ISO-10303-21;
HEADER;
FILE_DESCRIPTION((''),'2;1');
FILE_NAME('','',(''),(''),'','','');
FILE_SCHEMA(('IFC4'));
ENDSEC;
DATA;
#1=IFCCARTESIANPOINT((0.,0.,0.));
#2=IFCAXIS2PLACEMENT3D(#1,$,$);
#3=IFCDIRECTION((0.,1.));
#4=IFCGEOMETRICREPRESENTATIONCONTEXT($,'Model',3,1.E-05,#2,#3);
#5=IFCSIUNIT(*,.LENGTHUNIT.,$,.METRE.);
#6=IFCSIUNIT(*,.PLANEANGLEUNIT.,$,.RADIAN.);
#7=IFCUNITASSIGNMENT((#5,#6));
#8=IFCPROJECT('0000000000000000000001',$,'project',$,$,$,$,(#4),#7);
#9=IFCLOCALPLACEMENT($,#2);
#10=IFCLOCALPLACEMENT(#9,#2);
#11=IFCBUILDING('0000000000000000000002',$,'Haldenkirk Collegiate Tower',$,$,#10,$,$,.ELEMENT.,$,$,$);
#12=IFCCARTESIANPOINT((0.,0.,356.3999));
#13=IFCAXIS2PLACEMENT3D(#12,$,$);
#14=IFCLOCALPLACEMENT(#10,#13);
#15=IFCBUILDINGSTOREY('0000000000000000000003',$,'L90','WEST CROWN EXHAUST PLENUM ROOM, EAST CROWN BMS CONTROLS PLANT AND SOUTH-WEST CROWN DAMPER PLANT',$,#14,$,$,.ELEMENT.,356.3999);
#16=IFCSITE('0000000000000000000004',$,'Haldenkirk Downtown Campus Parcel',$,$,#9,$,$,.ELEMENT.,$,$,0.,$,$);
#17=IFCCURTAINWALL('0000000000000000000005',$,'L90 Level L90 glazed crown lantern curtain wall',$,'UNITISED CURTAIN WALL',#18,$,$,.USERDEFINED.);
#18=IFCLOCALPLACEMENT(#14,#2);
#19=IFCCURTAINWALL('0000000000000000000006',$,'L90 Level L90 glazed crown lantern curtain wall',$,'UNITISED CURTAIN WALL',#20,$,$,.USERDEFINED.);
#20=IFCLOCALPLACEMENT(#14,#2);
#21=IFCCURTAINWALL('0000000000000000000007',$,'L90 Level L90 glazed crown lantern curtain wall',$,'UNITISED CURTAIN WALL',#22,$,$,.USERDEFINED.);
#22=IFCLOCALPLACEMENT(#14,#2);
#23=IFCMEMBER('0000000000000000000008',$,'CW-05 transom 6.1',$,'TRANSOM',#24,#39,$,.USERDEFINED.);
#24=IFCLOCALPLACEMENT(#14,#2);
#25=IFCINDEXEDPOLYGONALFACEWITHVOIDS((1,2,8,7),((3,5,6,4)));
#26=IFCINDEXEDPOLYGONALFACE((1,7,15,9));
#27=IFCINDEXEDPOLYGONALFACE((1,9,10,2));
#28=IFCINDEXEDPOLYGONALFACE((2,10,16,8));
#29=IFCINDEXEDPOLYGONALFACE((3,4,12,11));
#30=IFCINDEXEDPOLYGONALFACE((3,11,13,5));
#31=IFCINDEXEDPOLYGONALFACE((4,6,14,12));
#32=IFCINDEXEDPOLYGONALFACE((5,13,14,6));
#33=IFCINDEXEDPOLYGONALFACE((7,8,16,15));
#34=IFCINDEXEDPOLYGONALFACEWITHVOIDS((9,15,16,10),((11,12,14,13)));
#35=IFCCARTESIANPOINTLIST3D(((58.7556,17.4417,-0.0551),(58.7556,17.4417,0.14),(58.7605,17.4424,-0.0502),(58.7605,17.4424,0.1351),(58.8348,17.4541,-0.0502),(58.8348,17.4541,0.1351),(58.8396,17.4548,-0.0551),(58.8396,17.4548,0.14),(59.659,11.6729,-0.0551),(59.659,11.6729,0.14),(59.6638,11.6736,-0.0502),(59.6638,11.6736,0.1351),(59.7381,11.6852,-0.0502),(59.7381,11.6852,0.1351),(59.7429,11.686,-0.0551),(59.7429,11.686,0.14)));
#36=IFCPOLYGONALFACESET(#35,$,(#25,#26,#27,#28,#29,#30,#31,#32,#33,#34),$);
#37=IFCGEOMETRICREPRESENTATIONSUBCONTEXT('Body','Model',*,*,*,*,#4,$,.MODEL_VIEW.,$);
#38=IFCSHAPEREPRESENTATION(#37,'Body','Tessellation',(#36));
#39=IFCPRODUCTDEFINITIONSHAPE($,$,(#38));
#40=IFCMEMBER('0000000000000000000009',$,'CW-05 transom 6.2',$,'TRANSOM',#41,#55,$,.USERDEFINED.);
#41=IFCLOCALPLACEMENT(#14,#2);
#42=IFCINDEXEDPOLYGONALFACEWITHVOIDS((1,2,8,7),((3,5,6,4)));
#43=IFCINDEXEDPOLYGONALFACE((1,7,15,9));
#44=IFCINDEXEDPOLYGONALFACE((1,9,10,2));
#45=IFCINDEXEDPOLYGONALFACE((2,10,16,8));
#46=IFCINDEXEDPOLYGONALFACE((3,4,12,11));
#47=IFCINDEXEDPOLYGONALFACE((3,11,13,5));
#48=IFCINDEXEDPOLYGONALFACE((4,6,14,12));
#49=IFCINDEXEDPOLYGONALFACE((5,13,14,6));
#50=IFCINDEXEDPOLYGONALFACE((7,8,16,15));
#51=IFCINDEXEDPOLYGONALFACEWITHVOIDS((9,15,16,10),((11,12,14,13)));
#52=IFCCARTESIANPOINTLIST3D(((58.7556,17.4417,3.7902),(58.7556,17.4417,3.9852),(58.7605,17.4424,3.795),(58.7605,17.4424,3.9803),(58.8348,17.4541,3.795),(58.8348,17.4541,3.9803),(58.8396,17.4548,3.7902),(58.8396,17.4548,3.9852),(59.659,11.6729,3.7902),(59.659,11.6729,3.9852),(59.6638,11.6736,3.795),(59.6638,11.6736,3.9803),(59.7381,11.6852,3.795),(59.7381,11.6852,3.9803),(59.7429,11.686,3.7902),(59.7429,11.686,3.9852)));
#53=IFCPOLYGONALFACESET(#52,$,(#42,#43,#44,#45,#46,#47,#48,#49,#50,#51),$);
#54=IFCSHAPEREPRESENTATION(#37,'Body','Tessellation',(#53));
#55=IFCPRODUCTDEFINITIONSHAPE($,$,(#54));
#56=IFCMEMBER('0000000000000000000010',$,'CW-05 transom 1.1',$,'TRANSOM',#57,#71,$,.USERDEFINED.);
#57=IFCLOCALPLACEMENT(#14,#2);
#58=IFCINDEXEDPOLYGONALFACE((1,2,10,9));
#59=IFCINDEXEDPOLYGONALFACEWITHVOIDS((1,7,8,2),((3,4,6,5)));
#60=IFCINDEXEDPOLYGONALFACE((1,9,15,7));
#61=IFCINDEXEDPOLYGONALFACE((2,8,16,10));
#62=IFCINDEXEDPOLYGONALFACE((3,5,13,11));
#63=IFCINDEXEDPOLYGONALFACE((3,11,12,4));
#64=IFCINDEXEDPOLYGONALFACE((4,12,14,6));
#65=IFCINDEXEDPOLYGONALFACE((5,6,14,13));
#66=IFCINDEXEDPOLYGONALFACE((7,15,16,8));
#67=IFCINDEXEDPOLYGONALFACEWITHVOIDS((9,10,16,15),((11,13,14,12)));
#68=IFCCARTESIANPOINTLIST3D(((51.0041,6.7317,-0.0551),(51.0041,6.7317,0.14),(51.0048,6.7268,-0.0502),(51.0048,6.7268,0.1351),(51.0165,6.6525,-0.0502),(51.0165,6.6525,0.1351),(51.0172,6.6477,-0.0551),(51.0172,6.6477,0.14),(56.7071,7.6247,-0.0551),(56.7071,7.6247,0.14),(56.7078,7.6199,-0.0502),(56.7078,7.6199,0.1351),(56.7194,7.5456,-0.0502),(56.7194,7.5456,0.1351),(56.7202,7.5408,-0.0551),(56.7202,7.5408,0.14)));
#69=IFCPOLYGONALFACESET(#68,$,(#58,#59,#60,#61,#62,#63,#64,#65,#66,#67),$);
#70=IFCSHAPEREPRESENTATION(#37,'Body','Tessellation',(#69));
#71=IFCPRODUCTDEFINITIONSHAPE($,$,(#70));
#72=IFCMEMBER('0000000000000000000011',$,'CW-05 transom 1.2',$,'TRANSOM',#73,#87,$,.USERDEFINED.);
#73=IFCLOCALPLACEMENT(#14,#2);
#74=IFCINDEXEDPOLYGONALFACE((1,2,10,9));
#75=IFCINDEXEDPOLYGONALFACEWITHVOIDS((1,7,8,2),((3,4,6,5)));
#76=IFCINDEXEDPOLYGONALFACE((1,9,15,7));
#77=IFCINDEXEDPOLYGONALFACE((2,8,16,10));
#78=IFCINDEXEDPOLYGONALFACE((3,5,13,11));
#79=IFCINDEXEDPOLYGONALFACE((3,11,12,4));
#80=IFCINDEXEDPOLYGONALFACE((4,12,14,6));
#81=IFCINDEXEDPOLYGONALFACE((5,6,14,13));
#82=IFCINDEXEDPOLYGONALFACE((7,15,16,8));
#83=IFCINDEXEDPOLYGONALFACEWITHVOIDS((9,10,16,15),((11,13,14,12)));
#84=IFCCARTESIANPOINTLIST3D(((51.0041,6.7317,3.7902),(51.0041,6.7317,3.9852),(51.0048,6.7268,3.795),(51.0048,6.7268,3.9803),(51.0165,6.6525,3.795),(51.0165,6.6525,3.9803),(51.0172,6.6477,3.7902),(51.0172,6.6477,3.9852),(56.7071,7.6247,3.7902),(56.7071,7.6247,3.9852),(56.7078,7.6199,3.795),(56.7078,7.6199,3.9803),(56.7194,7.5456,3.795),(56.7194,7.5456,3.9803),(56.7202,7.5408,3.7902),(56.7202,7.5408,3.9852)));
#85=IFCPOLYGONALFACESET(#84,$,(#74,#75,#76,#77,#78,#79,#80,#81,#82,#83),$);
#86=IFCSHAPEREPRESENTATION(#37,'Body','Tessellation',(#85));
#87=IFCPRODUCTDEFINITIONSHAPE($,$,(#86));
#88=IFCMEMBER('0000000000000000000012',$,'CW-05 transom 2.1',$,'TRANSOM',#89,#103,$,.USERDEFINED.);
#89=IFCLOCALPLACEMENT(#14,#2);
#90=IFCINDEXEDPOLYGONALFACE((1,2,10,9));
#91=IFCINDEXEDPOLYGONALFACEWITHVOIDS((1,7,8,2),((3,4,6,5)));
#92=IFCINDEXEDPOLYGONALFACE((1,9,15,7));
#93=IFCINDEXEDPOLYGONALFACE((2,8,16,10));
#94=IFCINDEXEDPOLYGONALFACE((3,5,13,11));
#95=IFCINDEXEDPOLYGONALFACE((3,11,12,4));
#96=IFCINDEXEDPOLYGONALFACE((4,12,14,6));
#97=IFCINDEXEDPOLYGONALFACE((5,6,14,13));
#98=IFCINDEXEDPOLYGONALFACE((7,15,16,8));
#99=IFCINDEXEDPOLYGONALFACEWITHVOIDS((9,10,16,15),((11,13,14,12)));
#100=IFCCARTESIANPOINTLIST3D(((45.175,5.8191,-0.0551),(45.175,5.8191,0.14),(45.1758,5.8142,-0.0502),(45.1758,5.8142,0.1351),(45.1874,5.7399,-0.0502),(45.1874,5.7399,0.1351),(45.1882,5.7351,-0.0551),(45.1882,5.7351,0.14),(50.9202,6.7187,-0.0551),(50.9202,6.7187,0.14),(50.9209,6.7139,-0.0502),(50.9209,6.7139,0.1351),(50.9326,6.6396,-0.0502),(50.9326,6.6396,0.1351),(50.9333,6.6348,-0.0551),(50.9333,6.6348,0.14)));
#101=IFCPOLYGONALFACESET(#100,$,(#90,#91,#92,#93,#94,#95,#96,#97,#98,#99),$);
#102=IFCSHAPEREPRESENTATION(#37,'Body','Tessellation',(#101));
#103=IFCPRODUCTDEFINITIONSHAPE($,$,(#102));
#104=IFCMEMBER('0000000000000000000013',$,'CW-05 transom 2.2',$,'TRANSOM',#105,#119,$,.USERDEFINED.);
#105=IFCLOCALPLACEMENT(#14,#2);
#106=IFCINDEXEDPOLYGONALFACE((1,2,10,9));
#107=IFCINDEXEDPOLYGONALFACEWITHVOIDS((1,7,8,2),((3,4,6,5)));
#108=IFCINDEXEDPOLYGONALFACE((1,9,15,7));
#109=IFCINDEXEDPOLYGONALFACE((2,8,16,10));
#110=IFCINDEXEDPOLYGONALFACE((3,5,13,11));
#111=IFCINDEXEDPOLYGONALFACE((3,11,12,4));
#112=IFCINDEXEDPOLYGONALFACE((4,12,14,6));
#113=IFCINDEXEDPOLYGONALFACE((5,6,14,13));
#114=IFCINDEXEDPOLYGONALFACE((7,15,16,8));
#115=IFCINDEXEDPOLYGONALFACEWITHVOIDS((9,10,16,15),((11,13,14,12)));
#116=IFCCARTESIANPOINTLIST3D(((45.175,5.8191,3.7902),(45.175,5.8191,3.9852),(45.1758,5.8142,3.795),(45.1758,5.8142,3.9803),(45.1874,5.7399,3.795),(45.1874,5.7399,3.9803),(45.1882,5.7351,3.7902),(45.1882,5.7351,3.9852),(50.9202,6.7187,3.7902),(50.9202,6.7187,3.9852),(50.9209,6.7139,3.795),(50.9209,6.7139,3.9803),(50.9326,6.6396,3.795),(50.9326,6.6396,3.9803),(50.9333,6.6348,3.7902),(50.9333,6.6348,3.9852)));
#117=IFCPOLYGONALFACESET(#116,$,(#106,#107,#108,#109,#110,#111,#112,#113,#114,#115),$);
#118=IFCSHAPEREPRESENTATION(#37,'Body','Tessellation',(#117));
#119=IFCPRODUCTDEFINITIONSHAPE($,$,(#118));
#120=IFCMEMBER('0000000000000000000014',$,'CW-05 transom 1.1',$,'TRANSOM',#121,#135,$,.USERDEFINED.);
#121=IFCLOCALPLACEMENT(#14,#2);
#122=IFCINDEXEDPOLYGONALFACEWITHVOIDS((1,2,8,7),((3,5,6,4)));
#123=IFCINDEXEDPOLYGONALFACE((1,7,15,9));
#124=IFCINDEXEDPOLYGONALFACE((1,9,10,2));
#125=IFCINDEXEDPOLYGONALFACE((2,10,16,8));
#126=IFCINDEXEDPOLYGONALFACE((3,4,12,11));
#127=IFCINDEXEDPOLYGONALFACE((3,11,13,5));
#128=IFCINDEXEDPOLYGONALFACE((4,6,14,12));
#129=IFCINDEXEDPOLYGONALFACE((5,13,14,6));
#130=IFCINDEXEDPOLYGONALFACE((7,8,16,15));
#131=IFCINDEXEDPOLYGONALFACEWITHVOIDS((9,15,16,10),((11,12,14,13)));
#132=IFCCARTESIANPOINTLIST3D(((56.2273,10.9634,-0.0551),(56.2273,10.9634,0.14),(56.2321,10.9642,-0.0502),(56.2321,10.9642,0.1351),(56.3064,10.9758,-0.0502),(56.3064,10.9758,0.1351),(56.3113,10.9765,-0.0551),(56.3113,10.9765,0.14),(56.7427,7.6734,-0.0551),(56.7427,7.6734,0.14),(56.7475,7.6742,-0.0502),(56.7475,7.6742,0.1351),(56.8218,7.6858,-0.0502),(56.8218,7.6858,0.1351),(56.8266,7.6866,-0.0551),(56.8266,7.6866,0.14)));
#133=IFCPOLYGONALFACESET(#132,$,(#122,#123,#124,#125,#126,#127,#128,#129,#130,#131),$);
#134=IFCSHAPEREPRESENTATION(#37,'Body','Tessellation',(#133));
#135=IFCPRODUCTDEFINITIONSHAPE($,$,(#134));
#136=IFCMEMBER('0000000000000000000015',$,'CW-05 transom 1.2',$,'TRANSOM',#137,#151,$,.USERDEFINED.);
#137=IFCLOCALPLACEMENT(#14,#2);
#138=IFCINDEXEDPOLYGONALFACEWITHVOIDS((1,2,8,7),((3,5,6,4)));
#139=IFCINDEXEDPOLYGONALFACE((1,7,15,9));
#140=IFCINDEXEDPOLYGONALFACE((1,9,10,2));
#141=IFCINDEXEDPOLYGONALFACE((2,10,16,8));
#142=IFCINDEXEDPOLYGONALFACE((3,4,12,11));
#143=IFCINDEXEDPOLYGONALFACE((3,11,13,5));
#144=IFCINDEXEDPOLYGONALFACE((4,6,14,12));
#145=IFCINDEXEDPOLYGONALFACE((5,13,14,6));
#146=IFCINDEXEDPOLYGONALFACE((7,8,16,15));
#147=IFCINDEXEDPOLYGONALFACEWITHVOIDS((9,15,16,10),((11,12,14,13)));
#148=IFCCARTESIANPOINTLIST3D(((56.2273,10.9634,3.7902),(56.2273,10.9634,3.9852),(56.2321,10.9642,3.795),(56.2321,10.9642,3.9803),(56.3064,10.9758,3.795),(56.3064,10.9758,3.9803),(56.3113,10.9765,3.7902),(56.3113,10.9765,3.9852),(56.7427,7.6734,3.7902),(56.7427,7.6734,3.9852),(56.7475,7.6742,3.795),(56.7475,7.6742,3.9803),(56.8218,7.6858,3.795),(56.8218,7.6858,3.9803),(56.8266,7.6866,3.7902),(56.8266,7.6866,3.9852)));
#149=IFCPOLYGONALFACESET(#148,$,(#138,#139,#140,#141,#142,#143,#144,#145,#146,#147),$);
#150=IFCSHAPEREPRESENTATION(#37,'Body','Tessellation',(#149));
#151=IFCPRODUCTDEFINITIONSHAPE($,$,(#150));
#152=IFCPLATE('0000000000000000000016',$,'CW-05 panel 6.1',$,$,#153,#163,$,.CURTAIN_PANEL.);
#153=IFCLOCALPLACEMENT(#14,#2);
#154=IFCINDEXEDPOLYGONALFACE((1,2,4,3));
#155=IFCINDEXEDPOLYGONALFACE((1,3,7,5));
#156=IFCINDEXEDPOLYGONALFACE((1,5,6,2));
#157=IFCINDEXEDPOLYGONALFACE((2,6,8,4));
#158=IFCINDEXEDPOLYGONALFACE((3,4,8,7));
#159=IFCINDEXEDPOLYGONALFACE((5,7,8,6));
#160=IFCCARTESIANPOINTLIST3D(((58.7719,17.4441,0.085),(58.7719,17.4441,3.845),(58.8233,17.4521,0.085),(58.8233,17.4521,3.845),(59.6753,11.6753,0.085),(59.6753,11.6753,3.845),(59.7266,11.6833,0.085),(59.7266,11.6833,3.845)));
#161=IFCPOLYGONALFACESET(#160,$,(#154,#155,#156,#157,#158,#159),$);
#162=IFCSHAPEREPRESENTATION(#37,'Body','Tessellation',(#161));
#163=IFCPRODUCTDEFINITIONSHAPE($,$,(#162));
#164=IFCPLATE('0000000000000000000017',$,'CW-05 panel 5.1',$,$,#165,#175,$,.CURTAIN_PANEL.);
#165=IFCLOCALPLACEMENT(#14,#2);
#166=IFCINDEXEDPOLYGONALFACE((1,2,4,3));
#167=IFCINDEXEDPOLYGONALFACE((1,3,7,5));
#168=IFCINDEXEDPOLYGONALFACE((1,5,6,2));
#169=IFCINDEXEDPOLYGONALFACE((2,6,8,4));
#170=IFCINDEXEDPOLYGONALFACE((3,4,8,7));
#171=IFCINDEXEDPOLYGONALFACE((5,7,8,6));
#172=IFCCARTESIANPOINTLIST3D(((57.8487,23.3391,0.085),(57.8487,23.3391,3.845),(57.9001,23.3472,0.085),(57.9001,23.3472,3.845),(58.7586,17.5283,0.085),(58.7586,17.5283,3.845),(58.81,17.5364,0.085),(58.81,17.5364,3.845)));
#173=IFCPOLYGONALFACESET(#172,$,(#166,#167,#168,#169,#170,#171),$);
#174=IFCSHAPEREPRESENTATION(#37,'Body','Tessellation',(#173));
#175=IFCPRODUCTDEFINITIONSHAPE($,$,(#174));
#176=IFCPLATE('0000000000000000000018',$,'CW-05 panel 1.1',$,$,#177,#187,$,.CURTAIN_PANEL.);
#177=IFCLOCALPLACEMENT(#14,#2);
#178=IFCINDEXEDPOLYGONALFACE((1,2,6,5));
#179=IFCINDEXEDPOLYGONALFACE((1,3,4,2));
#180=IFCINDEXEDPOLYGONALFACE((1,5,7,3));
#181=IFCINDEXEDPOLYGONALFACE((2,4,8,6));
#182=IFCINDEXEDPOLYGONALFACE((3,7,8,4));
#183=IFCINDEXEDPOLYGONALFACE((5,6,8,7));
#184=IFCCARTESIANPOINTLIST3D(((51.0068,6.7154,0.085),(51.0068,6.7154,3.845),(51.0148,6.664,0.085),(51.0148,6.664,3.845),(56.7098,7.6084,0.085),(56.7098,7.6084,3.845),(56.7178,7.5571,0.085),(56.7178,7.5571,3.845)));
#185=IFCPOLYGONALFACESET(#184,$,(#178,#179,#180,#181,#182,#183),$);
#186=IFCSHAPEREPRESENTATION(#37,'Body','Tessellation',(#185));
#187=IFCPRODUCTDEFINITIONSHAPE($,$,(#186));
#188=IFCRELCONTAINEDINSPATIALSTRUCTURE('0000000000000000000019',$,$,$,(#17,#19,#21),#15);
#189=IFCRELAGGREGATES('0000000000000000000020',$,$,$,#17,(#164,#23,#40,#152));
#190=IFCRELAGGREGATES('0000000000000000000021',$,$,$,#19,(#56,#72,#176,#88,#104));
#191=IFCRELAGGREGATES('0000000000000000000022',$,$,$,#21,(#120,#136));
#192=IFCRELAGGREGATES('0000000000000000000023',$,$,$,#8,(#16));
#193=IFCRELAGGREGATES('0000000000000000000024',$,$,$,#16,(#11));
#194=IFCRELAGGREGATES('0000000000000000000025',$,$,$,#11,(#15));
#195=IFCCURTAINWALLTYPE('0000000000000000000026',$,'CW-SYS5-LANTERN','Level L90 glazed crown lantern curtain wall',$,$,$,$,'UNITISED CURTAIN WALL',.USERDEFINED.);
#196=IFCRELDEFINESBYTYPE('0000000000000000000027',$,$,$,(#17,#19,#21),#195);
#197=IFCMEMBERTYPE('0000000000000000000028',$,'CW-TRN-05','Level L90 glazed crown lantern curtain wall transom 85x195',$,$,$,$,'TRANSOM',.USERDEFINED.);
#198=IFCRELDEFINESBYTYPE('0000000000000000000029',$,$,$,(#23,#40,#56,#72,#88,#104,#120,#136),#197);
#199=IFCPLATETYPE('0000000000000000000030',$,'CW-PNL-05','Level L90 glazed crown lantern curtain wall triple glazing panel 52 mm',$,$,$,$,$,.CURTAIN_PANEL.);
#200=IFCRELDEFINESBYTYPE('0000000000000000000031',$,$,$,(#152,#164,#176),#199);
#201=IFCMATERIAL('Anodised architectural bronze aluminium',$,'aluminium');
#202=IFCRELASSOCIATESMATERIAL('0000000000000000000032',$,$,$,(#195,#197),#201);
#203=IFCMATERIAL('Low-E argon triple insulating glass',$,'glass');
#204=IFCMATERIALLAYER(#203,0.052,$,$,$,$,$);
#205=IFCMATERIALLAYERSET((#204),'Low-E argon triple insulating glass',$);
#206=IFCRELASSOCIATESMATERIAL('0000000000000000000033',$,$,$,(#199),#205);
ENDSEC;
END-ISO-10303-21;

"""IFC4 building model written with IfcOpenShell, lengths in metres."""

from ifc_helpers import new_model, si_unit, direction, frame, origin, origin_2d, place, context, subcontext, project, spatial, rectangle, hollow_rectangle, extrude, source, transform, mapped, material, layer, layer_set, material_profile, profile_set, type_object, element, aggregate, save


model = new_model("IFC4")

# Units and contexts
model_context = context("Model", 3, precision=1e-05, world=origin(), true_north=direction((0.0, 1.0)))
body_context = subcontext(model_context, "Body", "Model", "MODEL_VIEW")
ifc_project = project(units=[si_unit("LENGTHUNIT", "METRE"), si_unit("PLANEANGLEUNIT", "RADIAN")], contexts=[model_context])

# Site, building, storey
site_placement = place(None, origin())
site = spatial("IfcSite", under=ifc_project, at=site_placement, Name="Haldenkirk Downtown Campus Parcel", CompositionType="ELEMENT", RefElevation=0.0)
building_placement = place(site_placement, origin())
building = spatial("IfcBuilding", under=site, at=building_placement, Name="Haldenkirk Collegiate Tower", CompositionType="ELEMENT")
storey_placement = place(building_placement, frame((0.0, 0.0, 356.3999)))
storey = spatial("IfcBuildingStorey", under=building, at=storey_placement, Name="L90", Description="WEST CROWN EXHAUST PLENUM ROOM, EAST CROWN BMS CONTROLS PLANT AND SOUTH-WEST CROWN DAMPER PLANT", CompositionType="ELEMENT", Elevation=356.3999)

# Curtain walls
ifc_material_1 = material(Name="Anodised architectural bronze aluminium", Category="aluminium")
curtain_wall_type = type_object("IfcCurtainWallType", Name="CW-SYS5-LANTERN", Description="Level L90 glazed crown lantern curtain wall", ElementType="UNITISED CURTAIN WALL", PredefinedType="USERDEFINED", material=ifc_material_1)
curtain_wall_1_placement = place(storey_placement, origin())
curtain_wall_1 = element("IfcCurtainWall", 1, at=curtain_wall_1_placement, inside=storey, type_object=curtain_wall_type, Name="L90 Level L90 glazed crown lantern curtain wall", ObjectType="UNITISED CURTAIN WALL", PredefinedType="USERDEFINED")
curtain_wall_2_placement = place(storey_placement, origin())
curtain_wall_2 = element("IfcCurtainWall", 2, at=curtain_wall_2_placement, inside=storey, type_object=curtain_wall_type, Name="L90 Level L90 glazed crown lantern curtain wall", ObjectType="UNITISED CURTAIN WALL", PredefinedType="USERDEFINED")
curtain_wall_3_placement = place(storey_placement, origin())
curtain_wall_3 = element("IfcCurtainWall", 3, at=curtain_wall_3_placement, inside=storey, type_object=curtain_wall_type, Name="L90 Level L90 glazed crown lantern curtain wall", ObjectType="UNITISED CURTAIN WALL", PredefinedType="USERDEFINED")

# Members
ifc_material_profile_1 = material_profile(ifc_material_1, hollow_rectangle(XDim=0.085, YDim=0.1951, WallThickness=0.0049, at=origin_2d()), Name="CW-TRN-05")
ifc_profile_set_1 = profile_set([ifc_material_profile_1], Name="Anodised architectural bronze aluminium")
member_type_1 = type_object("IfcMemberType", Name="CW-TRN-05", Description="Level L90 glazed crown lantern curtain wall transom 85x195", ElementType="TRANSOM", PredefinedType="USERDEFINED", material=ifc_profile_set_1)
member_1_placement = place(storey_placement, frame((58.7976, 17.4482, 0.0425), z_axis=(0.154702, -0.987961, 0.0), x_axis=(0.987961, 0.154702, 0.0)))
member_1 = element("IfcMember", 4, at=member_1_placement, type_object=member_type_1, Name="CW-05 transom 6.1", ObjectType="TRANSOM", PredefinedType="USERDEFINED", context=body_context, shape_type="SweptSolid", body=[
    extrude(hollow_rectangle(XDim=0.085, YDim=0.1951, WallThickness=0.0049, at=origin_2d()), origin(), (0.0, 0.0, 1.0), 5.8391),
])
member_2_placement = place(storey_placement, frame((58.7976, 17.4482, 3.8877), z_axis=(0.154702, -0.987961, 0.0), x_axis=(0.987961, 0.154702, 0.0)))
member_2 = element("IfcMember", 5, at=member_2_placement, type_object=member_type_1, Name="CW-05 transom 6.2", ObjectType="TRANSOM", PredefinedType="USERDEFINED", context=body_context, shape_type="SweptSolid", body=[
    extrude(hollow_rectangle(XDim=0.085, YDim=0.1951, WallThickness=0.0049, at=origin_2d()), origin(), (0.0, 0.0, 1.0), 5.8391),
])
member_3_placement = place(storey_placement, frame((56.7136, 7.5828, 0.0425), z_axis=(-0.987959, -0.154714, 0.0), x_axis=(0.154714, -0.987959, 0.0)))
member_3 = element("IfcMember", 6, at=member_3_placement, type_object=member_type_1, Name="CW-05 transom 1.1", ObjectType="TRANSOM", PredefinedType="USERDEFINED", context=body_context, shape_type="SweptSolid", body=[
    extrude(hollow_rectangle(XDim=0.085, YDim=0.1951, WallThickness=0.0049, at=origin_2d()), origin(), (0.0, 0.0, 1.0), 5.7725),
])
member_4_placement = place(storey_placement, frame((56.7136, 7.5828, 3.8877), z_axis=(-0.987959, -0.154714, 0.0), x_axis=(0.154714, -0.987959, 0.0)))
member_4 = element("IfcMember", 7, at=member_4_placement, type_object=member_type_1, Name="CW-05 transom 1.2", ObjectType="TRANSOM", PredefinedType="USERDEFINED", context=body_context, shape_type="SweptSolid", body=[
    extrude(hollow_rectangle(XDim=0.085, YDim=0.1951, WallThickness=0.0049, at=origin_2d()), origin(), (0.0, 0.0, 1.0), 5.7725),
])
member_5_placement = place(storey_placement, frame((50.9268, 6.6768, 0.0425), z_axis=(-0.98796, -0.15471, 0.0), x_axis=(0.15471, -0.98796, 0.0)))
member_5 = element("IfcMember", 8, at=member_5_placement, type_object=member_type_1, Name="CW-05 transom 2.1", ObjectType="TRANSOM", PredefinedType="USERDEFINED", context=body_context, shape_type="SweptSolid", body=[
    extrude(hollow_rectangle(XDim=0.085, YDim=0.1951, WallThickness=0.0049, at=origin_2d()), origin(), (0.0, 0.0, 1.0), 5.8152),
])
member_6_placement = place(storey_placement, frame((50.9268, 6.6768, 3.8877), z_axis=(-0.98796, -0.15471, 0.0), x_axis=(0.15471, -0.98796, 0.0)))
member_6 = element("IfcMember", 9, at=member_6_placement, type_object=member_type_1, Name="CW-05 transom 2.2", ObjectType="TRANSOM", PredefinedType="USERDEFINED", context=body_context, shape_type="SweptSolid", body=[
    extrude(hollow_rectangle(XDim=0.085, YDim=0.1951, WallThickness=0.0049, at=origin_2d()), origin(), (0.0, 0.0, 1.0), 5.8152),
])
member_7_placement = place(storey_placement, frame((56.2693, 10.97, 0.0425), z_axis=(0.154762, -0.987952, 0.0), x_axis=(0.987952, 0.154762, 0.0)))
member_7 = element("IfcMember", 10, at=member_7_placement, type_object=member_type_1, Name="CW-05 transom 1.1", ObjectType="TRANSOM", PredefinedType="USERDEFINED", context=body_context, shape_type="SweptSolid", body=[
    extrude(hollow_rectangle(XDim=0.085, YDim=0.1951, WallThickness=0.0049, at=origin_2d()), origin(), (0.0, 0.0, 1.0), 3.3301),
])
member_8_placement = place(storey_placement, frame((56.2693, 10.97, 3.8877), z_axis=(0.154762, -0.987952, 0.0), x_axis=(0.987952, 0.154762, 0.0)))
member_8 = element("IfcMember", 11, at=member_8_placement, type_object=member_type_1, Name="CW-05 transom 1.2", ObjectType="TRANSOM", PredefinedType="USERDEFINED", context=body_context, shape_type="SweptSolid", body=[
    extrude(hollow_rectangle(XDim=0.085, YDim=0.1951, WallThickness=0.0049, at=origin_2d()), origin(), (0.0, 0.0, 1.0), 3.3301),
])

# Plates
ifc_material_2 = material(Name="Low-E argon triple insulating glass", Category="glass")
ifc_layer_1 = layer(ifc_material_2, 0.052)
ifc_layer_set_1 = layer_set([ifc_layer_1], Name="Low-E argon triple insulating glass")
plate_type = type_object("IfcPlateType", Name="CW-PNL-05", Description="Level L90 glazed crown lantern curtain wall triple glazing panel 52 mm", PredefinedType="CURTAIN_PANEL", material=ifc_layer_set_1)
shared_shape_1 = source(origin(), body_context, "Body", "SweptSolid", [
    extrude(rectangle(XDim=5.8391, YDim=0.052, at=origin_2d()), origin(), (0.0, 0.0, 1.0), 3.76),
])
plate_1_placement = place(storey_placement, frame((59.2493, 14.5637, 0.085), z_axis=(0.0, 0.0, 1.0), x_axis=(0.154713, -0.98796, 0.0)))
plate_1 = element("IfcPlate", 12, at=plate_1_placement, type_object=plate_type, Name="CW-05 panel 6.1", PredefinedType="CURTAIN_PANEL", context=body_context, shape_type="MappedRepresentation", body=[
    mapped(shared_shape_1, transform((0.0, 0.0, 0.0), x_axis=(1.0, 0.0, 0.0), y_axis=(0.0, 1.0, 0.0), z_axis=(0.0, 0.0, 1.0), scale=1.0)),
])
shared_shape_2 = source(origin(), body_context, "Body", "SweptSolid", [
    extrude(rectangle(XDim=5.8816, YDim=0.052, at=origin_2d()), origin(), (0.0, 0.0, 1.0), 3.76),
])
plate_2_placement = place(storey_placement, frame((58.3293, 20.4377, 0.085), z_axis=(0.0, 0.0, 1.0), x_axis=(0.154713, -0.98796, 0.0)))
plate_2 = element("IfcPlate", 13, at=plate_2_placement, type_object=plate_type, Name="CW-05 panel 5.1", PredefinedType="CURTAIN_PANEL", context=body_context, shape_type="MappedRepresentation", body=[
    mapped(shared_shape_2, transform((0.0, 0.0, 0.0), x_axis=(1.0, 0.0, 0.0), y_axis=(0.0, 1.0, 0.0), z_axis=(0.0, 0.0, 1.0), scale=1.0)),
])
aggregate(curtain_wall_1, [plate_2, member_1, member_2, plate_1])
shared_shape_3 = source(origin(), body_context, "Body", "SweptSolid", [
    extrude(rectangle(XDim=5.7725, YDim=0.052, at=origin_2d()), origin(), (0.0, 0.0, 1.0), 3.76),
])
plate_3_placement = place(storey_placement, frame((53.8623, 7.1362, 0.085), z_axis=(0.0, 0.0, 1.0), x_axis=(-0.98796, -0.154709, 0.0)))
plate_3 = element("IfcPlate", 14, at=plate_3_placement, type_object=plate_type, Name="CW-05 panel 1.1", PredefinedType="CURTAIN_PANEL", context=body_context, shape_type="MappedRepresentation", body=[
    mapped(shared_shape_3, transform((0.0, 0.0, 0.0), x_axis=(1.0, 0.0, 0.0), y_axis=(0.0, 1.0, 0.0), z_axis=(0.0, 0.0, 1.0), scale=1.0)),
])
aggregate(curtain_wall_2, [member_3, member_4, plate_3, member_5, member_6])
aggregate(curtain_wall_3, [member_7, member_8])

save(model, "model.ifc")
